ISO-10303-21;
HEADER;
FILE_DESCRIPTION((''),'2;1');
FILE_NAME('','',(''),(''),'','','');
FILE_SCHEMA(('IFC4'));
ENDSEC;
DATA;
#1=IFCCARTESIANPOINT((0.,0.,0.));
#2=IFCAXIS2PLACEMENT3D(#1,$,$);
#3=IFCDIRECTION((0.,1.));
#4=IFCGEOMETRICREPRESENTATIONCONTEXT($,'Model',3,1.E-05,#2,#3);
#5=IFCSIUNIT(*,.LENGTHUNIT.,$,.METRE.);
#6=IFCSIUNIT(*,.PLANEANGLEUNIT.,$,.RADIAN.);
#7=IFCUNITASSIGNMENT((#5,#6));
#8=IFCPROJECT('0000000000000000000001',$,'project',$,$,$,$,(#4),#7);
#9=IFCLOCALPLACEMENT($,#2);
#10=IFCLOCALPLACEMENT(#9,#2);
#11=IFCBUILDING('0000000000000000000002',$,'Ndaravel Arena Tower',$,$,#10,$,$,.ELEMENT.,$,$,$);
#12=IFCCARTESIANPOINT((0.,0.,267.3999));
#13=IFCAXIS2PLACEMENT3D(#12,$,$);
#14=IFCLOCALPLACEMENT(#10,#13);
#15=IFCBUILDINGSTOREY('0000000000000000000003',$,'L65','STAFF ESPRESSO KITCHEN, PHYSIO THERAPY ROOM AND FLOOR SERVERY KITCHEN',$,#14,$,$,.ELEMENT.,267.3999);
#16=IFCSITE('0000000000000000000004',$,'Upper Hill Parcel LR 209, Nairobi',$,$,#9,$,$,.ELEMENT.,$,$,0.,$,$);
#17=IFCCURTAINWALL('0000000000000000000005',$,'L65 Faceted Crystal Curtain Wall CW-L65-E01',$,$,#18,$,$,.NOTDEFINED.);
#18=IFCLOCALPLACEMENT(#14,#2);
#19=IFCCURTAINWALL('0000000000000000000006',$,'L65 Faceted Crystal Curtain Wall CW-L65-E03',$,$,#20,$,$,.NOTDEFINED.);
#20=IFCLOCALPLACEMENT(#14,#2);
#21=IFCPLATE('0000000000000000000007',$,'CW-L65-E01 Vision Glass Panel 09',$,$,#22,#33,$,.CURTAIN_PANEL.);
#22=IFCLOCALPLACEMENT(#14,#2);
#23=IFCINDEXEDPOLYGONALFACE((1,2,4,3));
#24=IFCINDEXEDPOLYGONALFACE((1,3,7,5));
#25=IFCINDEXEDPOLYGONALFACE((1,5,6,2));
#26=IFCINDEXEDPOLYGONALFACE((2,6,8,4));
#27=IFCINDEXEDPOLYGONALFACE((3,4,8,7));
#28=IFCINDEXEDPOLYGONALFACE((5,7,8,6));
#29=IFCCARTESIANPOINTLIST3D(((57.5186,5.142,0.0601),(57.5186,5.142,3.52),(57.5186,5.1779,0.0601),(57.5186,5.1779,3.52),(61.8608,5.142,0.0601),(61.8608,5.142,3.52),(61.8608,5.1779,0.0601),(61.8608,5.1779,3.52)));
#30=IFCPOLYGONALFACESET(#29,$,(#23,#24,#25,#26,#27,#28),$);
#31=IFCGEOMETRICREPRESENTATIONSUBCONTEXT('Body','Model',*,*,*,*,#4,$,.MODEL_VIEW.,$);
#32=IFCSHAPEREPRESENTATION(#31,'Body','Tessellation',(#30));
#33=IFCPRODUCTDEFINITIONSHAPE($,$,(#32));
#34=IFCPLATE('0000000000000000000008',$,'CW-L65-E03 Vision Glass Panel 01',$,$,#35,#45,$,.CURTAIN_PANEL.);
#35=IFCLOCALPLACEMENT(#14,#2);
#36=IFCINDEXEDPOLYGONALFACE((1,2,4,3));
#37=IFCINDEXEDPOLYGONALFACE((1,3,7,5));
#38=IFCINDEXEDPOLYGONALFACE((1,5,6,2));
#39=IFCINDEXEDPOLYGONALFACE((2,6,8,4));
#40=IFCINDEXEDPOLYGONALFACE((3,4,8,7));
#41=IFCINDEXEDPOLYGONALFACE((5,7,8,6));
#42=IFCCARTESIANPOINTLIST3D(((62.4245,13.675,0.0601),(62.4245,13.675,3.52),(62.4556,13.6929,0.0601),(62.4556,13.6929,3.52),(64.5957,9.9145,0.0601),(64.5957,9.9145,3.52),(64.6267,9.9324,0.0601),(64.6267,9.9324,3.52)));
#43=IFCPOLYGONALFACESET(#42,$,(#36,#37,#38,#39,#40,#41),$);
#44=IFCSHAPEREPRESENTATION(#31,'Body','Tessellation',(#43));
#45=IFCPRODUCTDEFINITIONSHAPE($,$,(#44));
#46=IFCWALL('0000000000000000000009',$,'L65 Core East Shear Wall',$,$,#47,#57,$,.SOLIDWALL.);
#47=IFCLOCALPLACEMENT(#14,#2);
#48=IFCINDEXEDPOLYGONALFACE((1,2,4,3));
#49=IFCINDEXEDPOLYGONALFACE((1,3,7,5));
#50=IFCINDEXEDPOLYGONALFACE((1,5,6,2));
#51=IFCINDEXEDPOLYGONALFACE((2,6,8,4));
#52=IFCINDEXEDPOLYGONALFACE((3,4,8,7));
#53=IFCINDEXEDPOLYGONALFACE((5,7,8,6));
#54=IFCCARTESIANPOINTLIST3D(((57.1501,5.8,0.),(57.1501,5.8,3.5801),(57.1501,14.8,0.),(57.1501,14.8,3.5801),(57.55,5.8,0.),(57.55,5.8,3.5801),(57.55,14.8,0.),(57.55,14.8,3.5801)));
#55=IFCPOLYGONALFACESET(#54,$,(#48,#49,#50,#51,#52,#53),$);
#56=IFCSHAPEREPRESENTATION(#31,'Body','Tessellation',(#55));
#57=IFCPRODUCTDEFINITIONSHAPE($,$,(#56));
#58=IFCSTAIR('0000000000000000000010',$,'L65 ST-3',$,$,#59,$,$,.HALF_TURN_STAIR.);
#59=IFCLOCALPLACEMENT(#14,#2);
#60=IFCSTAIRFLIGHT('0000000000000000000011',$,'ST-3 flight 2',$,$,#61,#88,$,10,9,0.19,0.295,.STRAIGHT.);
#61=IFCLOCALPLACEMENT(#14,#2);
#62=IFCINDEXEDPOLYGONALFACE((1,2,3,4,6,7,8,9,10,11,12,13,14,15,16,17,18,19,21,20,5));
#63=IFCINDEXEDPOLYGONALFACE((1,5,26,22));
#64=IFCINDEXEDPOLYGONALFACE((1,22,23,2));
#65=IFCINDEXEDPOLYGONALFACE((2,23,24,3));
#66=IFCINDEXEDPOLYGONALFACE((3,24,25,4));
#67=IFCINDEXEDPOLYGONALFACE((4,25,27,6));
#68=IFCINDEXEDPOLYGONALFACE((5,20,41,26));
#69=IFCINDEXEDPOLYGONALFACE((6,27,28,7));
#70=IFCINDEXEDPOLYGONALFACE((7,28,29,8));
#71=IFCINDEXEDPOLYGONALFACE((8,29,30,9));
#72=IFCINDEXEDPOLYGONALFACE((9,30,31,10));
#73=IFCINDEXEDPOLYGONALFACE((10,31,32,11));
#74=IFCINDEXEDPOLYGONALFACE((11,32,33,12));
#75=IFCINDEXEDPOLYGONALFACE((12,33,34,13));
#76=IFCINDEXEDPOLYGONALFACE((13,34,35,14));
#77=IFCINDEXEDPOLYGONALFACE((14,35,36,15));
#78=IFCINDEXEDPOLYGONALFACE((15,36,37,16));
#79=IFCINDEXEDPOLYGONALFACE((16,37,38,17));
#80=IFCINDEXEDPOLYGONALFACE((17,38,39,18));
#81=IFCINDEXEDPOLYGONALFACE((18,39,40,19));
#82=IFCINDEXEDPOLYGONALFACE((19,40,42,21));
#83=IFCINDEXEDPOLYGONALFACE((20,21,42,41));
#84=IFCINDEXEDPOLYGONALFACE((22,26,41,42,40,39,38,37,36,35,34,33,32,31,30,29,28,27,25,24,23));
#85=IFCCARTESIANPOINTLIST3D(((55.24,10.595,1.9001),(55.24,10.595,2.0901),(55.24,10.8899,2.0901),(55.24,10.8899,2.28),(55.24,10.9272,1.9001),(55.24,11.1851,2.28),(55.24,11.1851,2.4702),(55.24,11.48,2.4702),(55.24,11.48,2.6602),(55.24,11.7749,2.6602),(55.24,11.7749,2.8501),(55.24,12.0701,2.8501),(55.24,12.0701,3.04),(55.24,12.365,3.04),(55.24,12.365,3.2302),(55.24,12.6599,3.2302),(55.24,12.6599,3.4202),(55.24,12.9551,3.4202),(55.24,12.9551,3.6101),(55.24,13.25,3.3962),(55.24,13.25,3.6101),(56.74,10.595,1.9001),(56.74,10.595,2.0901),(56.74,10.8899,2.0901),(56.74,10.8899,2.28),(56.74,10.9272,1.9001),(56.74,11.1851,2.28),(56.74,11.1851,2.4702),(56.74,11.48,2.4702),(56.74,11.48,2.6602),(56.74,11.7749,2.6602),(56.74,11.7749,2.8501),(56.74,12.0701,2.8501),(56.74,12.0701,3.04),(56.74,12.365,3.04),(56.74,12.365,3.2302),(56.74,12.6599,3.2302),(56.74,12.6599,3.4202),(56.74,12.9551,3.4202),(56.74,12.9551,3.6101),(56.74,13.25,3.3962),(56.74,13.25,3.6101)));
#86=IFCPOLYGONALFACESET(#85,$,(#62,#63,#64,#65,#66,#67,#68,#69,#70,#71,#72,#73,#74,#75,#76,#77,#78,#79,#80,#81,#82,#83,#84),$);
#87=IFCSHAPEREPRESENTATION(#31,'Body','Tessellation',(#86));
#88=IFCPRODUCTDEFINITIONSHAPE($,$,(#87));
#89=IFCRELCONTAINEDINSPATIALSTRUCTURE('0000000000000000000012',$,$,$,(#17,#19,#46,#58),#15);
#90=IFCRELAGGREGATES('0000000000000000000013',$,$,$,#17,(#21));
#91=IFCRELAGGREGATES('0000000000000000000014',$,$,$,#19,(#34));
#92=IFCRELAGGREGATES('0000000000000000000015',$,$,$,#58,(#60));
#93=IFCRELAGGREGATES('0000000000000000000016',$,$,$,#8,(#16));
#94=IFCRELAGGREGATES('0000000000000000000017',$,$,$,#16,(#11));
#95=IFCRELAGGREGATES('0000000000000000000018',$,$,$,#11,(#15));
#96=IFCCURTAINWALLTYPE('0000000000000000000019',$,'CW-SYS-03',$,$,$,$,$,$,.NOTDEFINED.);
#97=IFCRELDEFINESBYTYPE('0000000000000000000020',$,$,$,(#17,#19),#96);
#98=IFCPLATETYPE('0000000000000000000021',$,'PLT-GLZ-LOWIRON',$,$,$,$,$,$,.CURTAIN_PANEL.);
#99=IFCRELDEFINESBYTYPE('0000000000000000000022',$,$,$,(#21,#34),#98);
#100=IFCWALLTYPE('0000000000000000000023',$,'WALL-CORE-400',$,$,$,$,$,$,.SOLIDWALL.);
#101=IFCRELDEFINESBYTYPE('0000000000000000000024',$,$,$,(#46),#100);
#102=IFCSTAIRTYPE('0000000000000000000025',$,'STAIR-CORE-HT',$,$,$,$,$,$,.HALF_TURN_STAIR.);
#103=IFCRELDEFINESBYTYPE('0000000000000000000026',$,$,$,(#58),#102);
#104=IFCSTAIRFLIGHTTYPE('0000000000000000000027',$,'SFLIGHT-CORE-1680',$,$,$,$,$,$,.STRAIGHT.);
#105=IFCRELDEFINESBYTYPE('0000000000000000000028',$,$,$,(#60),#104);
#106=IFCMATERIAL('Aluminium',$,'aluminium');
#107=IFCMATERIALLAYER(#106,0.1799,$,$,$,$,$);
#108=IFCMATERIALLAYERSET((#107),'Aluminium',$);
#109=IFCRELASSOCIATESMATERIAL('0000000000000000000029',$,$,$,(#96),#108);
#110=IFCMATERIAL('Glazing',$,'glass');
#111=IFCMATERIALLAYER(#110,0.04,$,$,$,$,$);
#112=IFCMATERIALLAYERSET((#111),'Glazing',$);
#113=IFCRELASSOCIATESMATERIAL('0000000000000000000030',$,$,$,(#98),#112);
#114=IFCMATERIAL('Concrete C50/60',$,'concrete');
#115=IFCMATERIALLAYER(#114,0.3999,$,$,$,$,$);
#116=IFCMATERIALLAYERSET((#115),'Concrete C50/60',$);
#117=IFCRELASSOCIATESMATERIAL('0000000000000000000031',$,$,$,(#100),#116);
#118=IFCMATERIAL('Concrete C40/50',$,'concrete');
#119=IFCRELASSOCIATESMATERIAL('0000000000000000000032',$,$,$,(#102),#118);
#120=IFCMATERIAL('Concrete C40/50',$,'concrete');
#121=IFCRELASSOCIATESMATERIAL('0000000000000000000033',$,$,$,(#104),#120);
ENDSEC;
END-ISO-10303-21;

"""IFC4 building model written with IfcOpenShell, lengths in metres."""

from ifc_helpers import new_model, si_unit, direction, frame, frame_2d, origin, origin_2d, place, context, subcontext, project, spatial, polyline, rectangle, outline, extrude, material, layer, layer_set, type_object, element, aggregate, save


model = new_model("IFC4")

# Units and contexts
model_context = context("Model", 3, precision=1e-05, world=origin(), true_north=direction((0.0, 1.0)))
body_context = subcontext(model_context, "Body", "Model", "MODEL_VIEW")
ifc_project = project(units=[si_unit("LENGTHUNIT", "METRE"), si_unit("PLANEANGLEUNIT", "RADIAN")], contexts=[model_context])

# Site, building, storey
site_placement = place(None, origin())
site = spatial("IfcSite", under=ifc_project, at=site_placement, Name="Upper Hill Parcel LR 209, Nairobi", CompositionType="ELEMENT", RefElevation=0.0)
building_placement = place(site_placement, origin())
building = spatial("IfcBuilding", under=site, at=building_placement, Name="Ndaravel Arena Tower", CompositionType="ELEMENT")
storey_placement = place(building_placement, frame((0.0, 0.0, 267.3999)))
storey = spatial("IfcBuildingStorey", under=building, at=storey_placement, Name="L65", Description="STAFF ESPRESSO KITCHEN, PHYSIO THERAPY ROOM AND FLOOR SERVERY KITCHEN", CompositionType="ELEMENT", Elevation=267.3999)

# Curtain walls
ifc_material_1 = material(Name="Aluminium", Category="aluminium")
ifc_layer_1 = layer(ifc_material_1, 0.1799)
ifc_layer_set_1 = layer_set([ifc_layer_1], Name="Aluminium")
curtain_wall_type_1 = type_object("IfcCurtainWallType", Name="CW-SYS-03", PredefinedType="NOTDEFINED", material=ifc_layer_set_1)
curtain_wall_1_placement = place(storey_placement, origin())
curtain_wall_1 = element("IfcCurtainWall", 1, at=curtain_wall_1_placement, inside=storey, type_object=curtain_wall_type_1, Name="L65 Faceted Crystal Curtain Wall CW-L65-E01", PredefinedType="NOTDEFINED")
curtain_wall_2_placement = place(storey_placement, origin())
curtain_wall_2 = element("IfcCurtainWall", 2, at=curtain_wall_2_placement, inside=storey, type_object=curtain_wall_type_1, Name="L65 Faceted Crystal Curtain Wall CW-L65-E03", PredefinedType="NOTDEFINED")

# Plates
ifc_material_2 = material(Name="Glazing", Category="glass")
ifc_layer_2 = layer(ifc_material_2, 0.04)
ifc_layer_set_2 = layer_set([ifc_layer_2], Name="Glazing")
plate_type_1 = type_object("IfcPlateType", Name="PLT-GLZ-LOWIRON", PredefinedType="CURTAIN_PANEL", material=ifc_layer_set_2)
plate_1_placement = place(storey_placement, frame((59.6897, 5.1599, 0.0601), z_axis=(0.0, 0.0, 1.0), x_axis=(1.0, 0.0, 0.0)))
plate_1 = element("IfcPlate", 3, at=plate_1_placement, type_object=plate_type_1, Name="CW-L65-E01 Vision Glass Panel 09", PredefinedType="CURTAIN_PANEL", context=body_context, shape_type="SweptSolid", body=[
    extrude(rectangle(XDim=4.3423, YDim=0.0359, at=origin_2d()), origin(), (0.0, 0.0, 1.0), 3.46),
])
aggregate(curtain_wall_1, [plate_1])
plate_2_placement = place(storey_placement, frame((63.5256, 11.8037, 0.0601), z_axis=(0.0, 0.0, 1.0), x_axis=(-0.5, 0.866025, 0.0)))
plate_2 = element("IfcPlate", 4, at=plate_2_placement, type_object=plate_type_1, Name="CW-L65-E03 Vision Glass Panel 01", PredefinedType="CURTAIN_PANEL", context=body_context, shape_type="SweptSolid", body=[
    extrude(rectangle(XDim=4.3423, YDim=0.0359, at=origin_2d()), origin(), (0.0, 0.0, 1.0), 3.46),
])
aggregate(curtain_wall_2, [plate_2])

# Wall
ifc_material_3 = material(Name="Concrete C50/60", Category="concrete")
ifc_layer_3 = layer(ifc_material_3, 0.3999)
ifc_layer_set_3 = layer_set([ifc_layer_3], Name="Concrete C50/60")
wall_type = type_object("IfcWallType", Name="WALL-CORE-400", PredefinedType="SOLIDWALL", material=ifc_layer_set_3)
wall_placement = place(storey_placement, frame((57.3501, 5.8, 0.0), z_axis=(0.0, 0.0, 1.0), x_axis=(0.0, 1.0, 0.0)))
element("IfcWall", 5, at=wall_placement, inside=storey, type_object=wall_type, Name="L65 Core East Shear Wall", PredefinedType="SOLIDWALL", context=body_context, shape_type="SweptSolid", body=[
    extrude(rectangle(XDim=9.0, YDim=0.3999, at=frame_2d((4.5, 0.0))), origin(), (0.0, 0.0, 1.0), 3.5801),
])

# Stair, stair flight
ifc_material_4 = material(Name="Concrete C40/50", Category="concrete")
stair_type = type_object("IfcStairType", Name="STAIR-CORE-HT", PredefinedType="HALF_TURN_STAIR", material=ifc_material_4)
stair_placement = place(storey_placement, origin())
stair = element("IfcStair", 6, at=stair_placement, inside=storey, type_object=stair_type, Name="L65 ST-3", PredefinedType="HALF_TURN_STAIR")
ifc_material_5 = material(Name="Concrete C40/50", Category="concrete")
stair_flight_type = type_object("IfcStairFlightType", Name="SFLIGHT-CORE-1680", PredefinedType="STRAIGHT", material=ifc_material_5)
stair_flight_placement = place(storey_placement, frame((55.99, 10.595, 1.9001), z_axis=(0.0, 0.0, 1.0), x_axis=(0.0, 1.0, 0.0)))
stair_flight = element("IfcStairFlight", 7, at=stair_flight_placement, type_object=stair_flight_type, Name="ST-3 flight 2", NumberOfRisers=10, NumberOfTreads=9, PredefinedType="STRAIGHT", RiserHeight=0.19, TreadLength=0.295, context=body_context, shape_type="SweptSolid", body=[
    extrude(outline(polyline([(0.0, 0.0), (0.0, 0.1899), (0.2949, 0.1899), (0.2949, 0.3799), (0.5901, 0.3799), (0.5901, 0.5701), (0.885, 0.5701), (0.885, 0.76), (1.1799, 0.76), (1.1799, 0.95), (1.4751, 0.95), (1.4751, 1.1399), (1.77, 1.1399), (1.77, 1.3301), (2.0649, 1.3301), (2.0649, 1.52), (2.3601, 1.52), (2.3601, 1.71), (2.655, 1.71), (2.655, 1.8999), (2.655, 1.4961), (0.3323, 0.0), (0.0, 0.0)])), frame((0.0, 0.75, 0.0), z_axis=(0.0, -1.0, 0.0), x_axis=(1.0, 0.0, 0.0)), (0.0, 0.0, 1.0), 1.5),
])
aggregate(stair, [stair_flight])

save(model, "model.ifc")
